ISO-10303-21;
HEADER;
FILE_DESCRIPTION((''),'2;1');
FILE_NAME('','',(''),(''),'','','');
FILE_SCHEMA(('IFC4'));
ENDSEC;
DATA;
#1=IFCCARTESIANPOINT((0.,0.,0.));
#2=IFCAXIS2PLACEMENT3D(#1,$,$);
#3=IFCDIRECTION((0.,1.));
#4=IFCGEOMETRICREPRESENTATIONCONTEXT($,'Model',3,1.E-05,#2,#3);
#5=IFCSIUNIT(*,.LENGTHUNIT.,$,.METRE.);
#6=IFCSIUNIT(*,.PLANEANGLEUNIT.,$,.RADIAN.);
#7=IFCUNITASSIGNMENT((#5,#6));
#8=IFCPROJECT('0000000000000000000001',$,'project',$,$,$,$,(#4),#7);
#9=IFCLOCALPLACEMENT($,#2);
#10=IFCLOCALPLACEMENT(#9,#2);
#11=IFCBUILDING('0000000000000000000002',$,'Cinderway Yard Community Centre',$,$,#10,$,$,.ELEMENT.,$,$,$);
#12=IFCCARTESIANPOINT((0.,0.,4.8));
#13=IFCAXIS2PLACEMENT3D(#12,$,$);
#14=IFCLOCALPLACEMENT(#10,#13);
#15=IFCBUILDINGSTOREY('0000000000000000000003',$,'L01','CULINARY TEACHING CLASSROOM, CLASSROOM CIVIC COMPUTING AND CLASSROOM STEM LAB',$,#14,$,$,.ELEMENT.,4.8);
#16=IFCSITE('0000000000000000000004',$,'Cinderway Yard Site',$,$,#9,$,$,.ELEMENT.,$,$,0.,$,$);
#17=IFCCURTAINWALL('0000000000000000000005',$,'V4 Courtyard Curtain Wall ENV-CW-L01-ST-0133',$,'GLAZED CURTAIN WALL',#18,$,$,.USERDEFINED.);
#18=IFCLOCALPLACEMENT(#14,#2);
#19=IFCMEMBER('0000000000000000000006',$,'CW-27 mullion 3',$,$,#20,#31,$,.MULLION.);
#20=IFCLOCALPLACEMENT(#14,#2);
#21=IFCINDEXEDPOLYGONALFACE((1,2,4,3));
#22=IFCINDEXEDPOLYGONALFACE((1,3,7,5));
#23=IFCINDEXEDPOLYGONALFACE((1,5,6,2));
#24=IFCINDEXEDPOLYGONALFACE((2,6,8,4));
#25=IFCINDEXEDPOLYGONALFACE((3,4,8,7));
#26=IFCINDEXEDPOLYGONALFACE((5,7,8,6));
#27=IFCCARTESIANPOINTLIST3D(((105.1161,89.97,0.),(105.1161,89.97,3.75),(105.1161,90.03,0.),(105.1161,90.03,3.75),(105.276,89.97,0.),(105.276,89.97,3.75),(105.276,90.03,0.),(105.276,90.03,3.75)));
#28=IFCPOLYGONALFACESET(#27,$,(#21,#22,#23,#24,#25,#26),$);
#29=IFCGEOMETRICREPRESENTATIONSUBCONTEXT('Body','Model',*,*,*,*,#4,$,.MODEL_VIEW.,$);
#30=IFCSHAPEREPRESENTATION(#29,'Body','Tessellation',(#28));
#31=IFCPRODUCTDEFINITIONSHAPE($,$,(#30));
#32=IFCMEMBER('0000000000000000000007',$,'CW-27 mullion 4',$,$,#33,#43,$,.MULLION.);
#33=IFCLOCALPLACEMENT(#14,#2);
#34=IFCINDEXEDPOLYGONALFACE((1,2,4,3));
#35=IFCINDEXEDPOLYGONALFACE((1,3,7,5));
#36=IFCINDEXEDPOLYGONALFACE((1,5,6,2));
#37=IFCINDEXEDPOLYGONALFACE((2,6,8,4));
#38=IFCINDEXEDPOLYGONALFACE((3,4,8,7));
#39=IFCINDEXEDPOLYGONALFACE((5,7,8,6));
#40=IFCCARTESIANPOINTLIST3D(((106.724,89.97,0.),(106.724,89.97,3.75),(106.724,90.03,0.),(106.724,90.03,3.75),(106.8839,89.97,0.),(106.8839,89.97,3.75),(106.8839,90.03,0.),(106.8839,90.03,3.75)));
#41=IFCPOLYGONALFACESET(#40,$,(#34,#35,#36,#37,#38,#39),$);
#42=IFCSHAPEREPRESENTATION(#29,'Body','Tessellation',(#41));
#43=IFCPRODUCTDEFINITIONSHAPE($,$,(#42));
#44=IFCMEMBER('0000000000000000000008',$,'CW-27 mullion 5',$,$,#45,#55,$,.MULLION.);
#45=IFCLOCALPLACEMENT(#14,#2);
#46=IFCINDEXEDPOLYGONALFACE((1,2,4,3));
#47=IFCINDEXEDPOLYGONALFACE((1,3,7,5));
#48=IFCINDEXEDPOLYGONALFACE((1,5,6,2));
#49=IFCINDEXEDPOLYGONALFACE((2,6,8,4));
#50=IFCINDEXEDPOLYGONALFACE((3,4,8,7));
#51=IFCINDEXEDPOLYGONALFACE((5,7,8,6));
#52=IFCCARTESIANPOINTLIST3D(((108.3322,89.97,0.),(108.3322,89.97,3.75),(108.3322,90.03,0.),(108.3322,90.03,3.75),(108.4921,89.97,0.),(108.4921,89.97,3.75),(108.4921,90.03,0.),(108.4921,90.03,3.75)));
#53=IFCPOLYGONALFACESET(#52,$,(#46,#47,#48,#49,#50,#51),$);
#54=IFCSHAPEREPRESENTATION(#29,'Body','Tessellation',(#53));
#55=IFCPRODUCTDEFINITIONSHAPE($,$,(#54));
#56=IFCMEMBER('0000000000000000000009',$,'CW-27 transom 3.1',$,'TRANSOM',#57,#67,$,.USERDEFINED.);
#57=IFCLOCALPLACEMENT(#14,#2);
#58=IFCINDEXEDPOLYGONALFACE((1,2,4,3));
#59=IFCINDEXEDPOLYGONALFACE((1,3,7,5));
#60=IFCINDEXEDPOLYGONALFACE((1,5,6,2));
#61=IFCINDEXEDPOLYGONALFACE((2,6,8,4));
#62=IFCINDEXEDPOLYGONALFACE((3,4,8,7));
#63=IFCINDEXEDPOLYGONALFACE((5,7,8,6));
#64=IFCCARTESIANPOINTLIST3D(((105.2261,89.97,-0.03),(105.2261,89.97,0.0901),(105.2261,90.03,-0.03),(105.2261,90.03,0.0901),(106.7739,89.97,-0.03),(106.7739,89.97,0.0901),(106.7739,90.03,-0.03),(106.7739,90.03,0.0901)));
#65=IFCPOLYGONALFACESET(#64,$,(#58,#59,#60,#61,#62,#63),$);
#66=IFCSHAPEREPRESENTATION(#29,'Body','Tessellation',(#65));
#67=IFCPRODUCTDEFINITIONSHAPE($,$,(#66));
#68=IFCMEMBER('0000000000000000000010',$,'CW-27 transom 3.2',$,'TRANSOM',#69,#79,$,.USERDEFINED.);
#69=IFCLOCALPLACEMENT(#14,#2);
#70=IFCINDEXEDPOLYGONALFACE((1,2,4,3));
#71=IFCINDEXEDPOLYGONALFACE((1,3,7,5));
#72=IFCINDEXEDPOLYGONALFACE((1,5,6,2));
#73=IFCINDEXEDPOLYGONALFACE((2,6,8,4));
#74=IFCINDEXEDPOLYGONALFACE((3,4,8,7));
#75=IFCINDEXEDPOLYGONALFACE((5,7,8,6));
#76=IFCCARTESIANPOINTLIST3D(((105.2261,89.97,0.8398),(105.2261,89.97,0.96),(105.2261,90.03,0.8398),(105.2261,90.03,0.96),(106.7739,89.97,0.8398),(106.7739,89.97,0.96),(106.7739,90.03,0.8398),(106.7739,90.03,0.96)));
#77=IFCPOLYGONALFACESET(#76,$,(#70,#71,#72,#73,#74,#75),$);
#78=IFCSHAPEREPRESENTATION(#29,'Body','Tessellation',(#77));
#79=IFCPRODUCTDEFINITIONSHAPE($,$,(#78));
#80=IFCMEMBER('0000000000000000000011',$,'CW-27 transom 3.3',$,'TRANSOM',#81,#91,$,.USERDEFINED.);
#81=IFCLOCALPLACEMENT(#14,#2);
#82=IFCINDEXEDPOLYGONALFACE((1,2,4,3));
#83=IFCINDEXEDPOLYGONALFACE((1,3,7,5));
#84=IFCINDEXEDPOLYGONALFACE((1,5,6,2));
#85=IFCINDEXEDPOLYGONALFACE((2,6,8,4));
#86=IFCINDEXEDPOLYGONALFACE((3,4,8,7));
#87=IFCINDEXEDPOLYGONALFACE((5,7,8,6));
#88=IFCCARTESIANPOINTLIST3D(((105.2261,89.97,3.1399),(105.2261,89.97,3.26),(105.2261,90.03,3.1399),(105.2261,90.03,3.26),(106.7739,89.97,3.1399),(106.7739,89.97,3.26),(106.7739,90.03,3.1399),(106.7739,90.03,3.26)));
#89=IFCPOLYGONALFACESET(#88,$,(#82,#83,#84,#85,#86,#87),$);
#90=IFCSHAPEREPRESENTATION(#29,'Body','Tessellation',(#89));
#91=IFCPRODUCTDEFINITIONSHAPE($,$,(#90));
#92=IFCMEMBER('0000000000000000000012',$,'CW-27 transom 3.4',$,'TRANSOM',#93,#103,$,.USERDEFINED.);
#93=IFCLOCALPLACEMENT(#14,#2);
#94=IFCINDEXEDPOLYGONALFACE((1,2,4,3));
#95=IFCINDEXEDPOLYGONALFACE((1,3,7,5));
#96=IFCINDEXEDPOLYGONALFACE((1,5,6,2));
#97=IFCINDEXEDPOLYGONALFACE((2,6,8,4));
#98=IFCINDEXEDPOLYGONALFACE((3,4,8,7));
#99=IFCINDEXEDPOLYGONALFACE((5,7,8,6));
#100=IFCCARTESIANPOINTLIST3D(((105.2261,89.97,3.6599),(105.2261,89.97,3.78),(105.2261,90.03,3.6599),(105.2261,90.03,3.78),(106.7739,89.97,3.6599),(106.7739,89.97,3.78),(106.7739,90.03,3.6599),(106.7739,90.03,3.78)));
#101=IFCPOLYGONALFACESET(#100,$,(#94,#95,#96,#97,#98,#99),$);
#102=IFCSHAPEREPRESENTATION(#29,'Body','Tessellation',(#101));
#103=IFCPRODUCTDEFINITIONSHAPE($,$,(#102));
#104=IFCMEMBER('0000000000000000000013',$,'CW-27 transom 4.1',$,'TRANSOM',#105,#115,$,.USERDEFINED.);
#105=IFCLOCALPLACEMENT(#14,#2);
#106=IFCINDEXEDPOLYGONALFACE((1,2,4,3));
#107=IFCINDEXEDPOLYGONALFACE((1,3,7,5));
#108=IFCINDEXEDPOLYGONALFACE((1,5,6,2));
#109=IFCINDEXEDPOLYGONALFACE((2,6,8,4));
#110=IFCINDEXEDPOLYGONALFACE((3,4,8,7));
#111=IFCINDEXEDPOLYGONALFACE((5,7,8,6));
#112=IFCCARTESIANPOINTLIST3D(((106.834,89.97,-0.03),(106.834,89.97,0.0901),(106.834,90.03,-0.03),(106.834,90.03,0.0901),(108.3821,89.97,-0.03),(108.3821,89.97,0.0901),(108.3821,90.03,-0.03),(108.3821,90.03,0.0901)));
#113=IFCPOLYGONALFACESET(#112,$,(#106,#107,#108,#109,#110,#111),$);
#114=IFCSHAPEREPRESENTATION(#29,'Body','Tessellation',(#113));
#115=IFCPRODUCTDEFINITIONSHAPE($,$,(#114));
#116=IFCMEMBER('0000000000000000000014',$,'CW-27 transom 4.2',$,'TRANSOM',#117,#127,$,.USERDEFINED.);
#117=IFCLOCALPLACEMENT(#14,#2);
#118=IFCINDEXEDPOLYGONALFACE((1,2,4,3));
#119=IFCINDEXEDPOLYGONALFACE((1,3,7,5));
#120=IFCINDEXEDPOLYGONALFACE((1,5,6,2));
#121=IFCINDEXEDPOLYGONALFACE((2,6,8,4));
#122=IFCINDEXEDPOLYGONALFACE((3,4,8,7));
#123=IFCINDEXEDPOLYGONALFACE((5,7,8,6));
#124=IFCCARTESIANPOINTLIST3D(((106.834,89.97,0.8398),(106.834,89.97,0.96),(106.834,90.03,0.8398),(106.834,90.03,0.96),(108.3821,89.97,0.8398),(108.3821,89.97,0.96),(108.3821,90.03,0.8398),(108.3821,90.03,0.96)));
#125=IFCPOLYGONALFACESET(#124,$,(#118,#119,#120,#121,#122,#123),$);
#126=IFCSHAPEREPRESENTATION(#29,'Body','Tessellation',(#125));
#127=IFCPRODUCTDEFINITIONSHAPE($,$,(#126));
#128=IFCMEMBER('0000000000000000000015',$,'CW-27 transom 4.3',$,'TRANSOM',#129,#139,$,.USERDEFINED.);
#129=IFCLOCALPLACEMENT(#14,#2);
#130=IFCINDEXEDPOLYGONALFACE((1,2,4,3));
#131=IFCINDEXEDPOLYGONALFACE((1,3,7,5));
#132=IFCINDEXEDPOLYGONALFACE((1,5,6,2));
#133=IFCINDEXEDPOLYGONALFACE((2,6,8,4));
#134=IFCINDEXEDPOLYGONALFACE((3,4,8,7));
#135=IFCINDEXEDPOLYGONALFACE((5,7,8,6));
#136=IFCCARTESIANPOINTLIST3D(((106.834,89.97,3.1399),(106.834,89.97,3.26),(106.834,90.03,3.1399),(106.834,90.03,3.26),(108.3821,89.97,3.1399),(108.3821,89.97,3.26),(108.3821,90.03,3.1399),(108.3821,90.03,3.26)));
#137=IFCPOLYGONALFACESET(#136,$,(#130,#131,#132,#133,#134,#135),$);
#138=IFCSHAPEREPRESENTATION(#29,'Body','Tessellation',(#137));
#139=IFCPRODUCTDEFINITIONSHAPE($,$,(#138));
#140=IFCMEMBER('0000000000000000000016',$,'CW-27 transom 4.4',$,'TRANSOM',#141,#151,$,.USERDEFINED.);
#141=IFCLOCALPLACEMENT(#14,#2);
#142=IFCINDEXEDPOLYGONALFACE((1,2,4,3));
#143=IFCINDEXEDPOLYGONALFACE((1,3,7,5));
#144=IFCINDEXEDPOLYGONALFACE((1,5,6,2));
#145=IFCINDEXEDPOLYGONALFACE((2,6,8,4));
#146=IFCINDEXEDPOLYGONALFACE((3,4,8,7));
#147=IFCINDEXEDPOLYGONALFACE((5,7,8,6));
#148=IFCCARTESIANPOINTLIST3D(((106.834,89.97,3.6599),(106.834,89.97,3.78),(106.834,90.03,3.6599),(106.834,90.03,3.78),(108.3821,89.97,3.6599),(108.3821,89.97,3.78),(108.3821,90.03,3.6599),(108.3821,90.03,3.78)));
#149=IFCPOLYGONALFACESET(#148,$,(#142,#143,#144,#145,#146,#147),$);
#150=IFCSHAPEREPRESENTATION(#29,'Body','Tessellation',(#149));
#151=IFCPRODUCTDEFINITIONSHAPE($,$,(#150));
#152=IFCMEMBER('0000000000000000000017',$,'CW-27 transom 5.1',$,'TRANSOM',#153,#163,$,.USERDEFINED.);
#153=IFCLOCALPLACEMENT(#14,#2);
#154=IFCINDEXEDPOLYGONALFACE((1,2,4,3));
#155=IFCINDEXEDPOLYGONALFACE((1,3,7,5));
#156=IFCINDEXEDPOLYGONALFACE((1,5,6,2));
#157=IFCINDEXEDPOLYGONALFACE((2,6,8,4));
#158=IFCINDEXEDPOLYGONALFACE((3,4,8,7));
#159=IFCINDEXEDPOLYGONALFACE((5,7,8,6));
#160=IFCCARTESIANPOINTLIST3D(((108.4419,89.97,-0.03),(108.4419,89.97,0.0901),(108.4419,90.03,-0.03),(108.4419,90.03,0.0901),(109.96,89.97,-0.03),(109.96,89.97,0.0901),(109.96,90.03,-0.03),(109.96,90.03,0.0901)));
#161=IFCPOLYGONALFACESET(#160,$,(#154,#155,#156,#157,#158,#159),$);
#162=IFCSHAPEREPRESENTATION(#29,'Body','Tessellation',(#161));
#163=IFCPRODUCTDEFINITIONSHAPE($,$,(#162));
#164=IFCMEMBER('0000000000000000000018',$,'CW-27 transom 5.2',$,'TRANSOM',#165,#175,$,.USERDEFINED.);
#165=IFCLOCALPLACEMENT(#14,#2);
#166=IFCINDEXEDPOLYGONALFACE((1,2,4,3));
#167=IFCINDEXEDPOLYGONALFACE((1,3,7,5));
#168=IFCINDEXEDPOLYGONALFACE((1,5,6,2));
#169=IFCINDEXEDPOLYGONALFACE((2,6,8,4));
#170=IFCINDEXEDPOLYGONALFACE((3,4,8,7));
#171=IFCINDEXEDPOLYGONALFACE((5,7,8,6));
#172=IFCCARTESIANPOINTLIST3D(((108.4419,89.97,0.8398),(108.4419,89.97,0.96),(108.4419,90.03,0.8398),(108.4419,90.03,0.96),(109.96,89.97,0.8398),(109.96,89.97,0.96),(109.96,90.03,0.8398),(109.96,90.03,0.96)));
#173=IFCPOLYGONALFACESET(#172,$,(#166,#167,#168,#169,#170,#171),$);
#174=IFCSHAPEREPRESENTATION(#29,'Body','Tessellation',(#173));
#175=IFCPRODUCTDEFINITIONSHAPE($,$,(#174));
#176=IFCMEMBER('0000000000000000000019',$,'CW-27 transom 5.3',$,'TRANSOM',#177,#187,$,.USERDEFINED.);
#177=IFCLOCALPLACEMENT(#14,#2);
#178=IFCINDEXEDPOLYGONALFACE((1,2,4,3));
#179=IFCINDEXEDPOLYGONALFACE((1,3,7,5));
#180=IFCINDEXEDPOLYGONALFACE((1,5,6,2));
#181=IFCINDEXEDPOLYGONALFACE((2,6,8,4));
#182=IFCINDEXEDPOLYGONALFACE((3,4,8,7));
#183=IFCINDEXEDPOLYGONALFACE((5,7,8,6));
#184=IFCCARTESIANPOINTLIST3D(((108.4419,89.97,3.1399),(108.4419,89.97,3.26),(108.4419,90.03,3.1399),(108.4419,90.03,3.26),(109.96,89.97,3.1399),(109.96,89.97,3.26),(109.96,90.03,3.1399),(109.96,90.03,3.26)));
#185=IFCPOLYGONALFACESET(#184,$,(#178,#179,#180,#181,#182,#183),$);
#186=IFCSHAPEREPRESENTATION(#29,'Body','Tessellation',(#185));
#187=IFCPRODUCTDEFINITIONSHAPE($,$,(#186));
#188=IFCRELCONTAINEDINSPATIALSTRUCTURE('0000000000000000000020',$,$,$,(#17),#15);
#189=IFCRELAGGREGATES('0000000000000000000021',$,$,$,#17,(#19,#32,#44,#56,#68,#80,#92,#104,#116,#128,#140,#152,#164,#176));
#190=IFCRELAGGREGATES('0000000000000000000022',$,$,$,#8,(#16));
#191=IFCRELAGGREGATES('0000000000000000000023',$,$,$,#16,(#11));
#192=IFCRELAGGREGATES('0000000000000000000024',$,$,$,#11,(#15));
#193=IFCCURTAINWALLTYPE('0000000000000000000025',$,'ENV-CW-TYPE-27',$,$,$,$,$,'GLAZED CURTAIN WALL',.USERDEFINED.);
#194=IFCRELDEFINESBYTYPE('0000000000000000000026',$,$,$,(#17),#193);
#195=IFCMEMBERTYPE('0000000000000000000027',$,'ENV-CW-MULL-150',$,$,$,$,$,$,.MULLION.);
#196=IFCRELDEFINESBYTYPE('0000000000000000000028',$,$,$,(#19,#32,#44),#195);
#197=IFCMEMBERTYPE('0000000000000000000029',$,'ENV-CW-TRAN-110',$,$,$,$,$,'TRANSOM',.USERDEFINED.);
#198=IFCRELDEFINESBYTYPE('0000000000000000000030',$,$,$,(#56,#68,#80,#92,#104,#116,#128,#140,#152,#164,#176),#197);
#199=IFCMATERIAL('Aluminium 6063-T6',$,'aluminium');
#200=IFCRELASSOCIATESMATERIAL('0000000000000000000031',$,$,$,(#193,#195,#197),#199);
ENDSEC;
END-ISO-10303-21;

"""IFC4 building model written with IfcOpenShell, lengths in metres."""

from ifc_helpers import new_model, si_unit, direction, frame, origin, origin_2d, place, context, subcontext, project, spatial, rectangle, extrude, material, material_profile, profile_set, type_object, element, aggregate, save


model = new_model("IFC4")

# Units and contexts
model_context = context("Model", 3, precision=1e-05, world=origin(), true_north=direction((0.0, 1.0)))
body_context = subcontext(model_context, "Body", "Model", "MODEL_VIEW")
ifc_project = project(units=[si_unit("LENGTHUNIT", "METRE"), si_unit("PLANEANGLEUNIT", "RADIAN")], contexts=[model_context])

# Site, building, storey
site_placement = place(None, origin())
site = spatial("IfcSite", under=ifc_project, at=site_placement, Name="Cinderway Yard Site", CompositionType="ELEMENT", RefElevation=0.0)
building_placement = place(site_placement, origin())
building = spatial("IfcBuilding", under=site, at=building_placement, Name="Cinderway Yard Community Centre", CompositionType="ELEMENT")
storey_placement = place(building_placement, frame((0.0, 0.0, 4.8)))
storey = spatial("IfcBuildingStorey", under=building, at=storey_placement, Name="L01", Description="CULINARY TEACHING CLASSROOM, CLASSROOM CIVIC COMPUTING AND CLASSROOM STEM LAB", CompositionType="ELEMENT", Elevation=4.8)

# Curtain wall, members
ifc_material_1 = material(Name="Aluminium 6063-T6", Category="aluminium")
curtain_wall_type = type_object("IfcCurtainWallType", Name="ENV-CW-TYPE-27", ElementType="GLAZED CURTAIN WALL", PredefinedType="USERDEFINED", material=ifc_material_1)
curtain_wall_placement = place(storey_placement, origin())
curtain_wall = element("IfcCurtainWall", 1, at=curtain_wall_placement, inside=storey, type_object=curtain_wall_type, Name="V4 Courtyard Curtain Wall ENV-CW-L01-ST-0133", ObjectType="GLAZED CURTAIN WALL", PredefinedType="USERDEFINED")
ifc_material_profile_1 = material_profile(ifc_material_1, rectangle(XDim=0.0601, YDim=0.1599, at=origin_2d()), Name="Aluminium 6063-T6")
ifc_profile_set_1 = profile_set([ifc_material_profile_1], Name="Aluminium 6063-T6")
member_type_1 = type_object("IfcMemberType", Name="ENV-CW-MULL-150", PredefinedType="MULLION", material=ifc_profile_set_1)
member_1_placement = place(storey_placement, frame((105.196, 90.0, 0.0), z_axis=(0.0, 0.0, 1.0), x_axis=(0.0, 1.0, 0.0)))
member_1 = element("IfcMember", 2, at=member_1_placement, type_object=member_type_1, Name="CW-27 mullion 3", PredefinedType="MULLION", context=body_context, shape_type="SweptSolid", body=[
    extrude(rectangle(XDim=0.0601, YDim=0.1599, at=origin_2d()), origin(), (0.0, 0.0, 1.0), 3.75),
])
member_2_placement = place(storey_placement, frame((106.804, 90.0, 0.0), z_axis=(0.0, 0.0, 1.0), x_axis=(0.0, 1.0, 0.0)))
member_2 = element("IfcMember", 3, at=member_2_placement, type_object=member_type_1, Name="CW-27 mullion 4", PredefinedType="MULLION", context=body_context, shape_type="SweptSolid", body=[
    extrude(rectangle(XDim=0.0601, YDim=0.1599, at=origin_2d()), origin(), (0.0, 0.0, 1.0), 3.75),
])
member_3_placement = place(storey_placement, frame((108.4121, 90.0, 0.0), z_axis=(0.0, 0.0, 1.0), x_axis=(0.0, 1.0, 0.0)))
member_3 = element("IfcMember", 4, at=member_3_placement, type_object=member_type_1, Name="CW-27 mullion 5", PredefinedType="MULLION", context=body_context, shape_type="SweptSolid", body=[
    extrude(rectangle(XDim=0.0601, YDim=0.1599, at=origin_2d()), origin(), (0.0, 0.0, 1.0), 3.75),
])
ifc_material_profile_2 = material_profile(ifc_material_1, rectangle(XDim=0.0601, YDim=0.1201, at=origin_2d()), Name="Aluminium 6063-T6")
ifc_profile_set_2 = profile_set([ifc_material_profile_2], Name="Aluminium 6063-T6")
member_type_2 = type_object("IfcMemberType", Name="ENV-CW-TRAN-110", ElementType="TRANSOM", PredefinedType="USERDEFINED", material=ifc_profile_set_2)
member_4_placement = place(storey_placement, frame((105.2261, 90.0, 0.03), z_axis=(1.0, 0.0, 0.0), x_axis=(0.0, 1.0, 0.0)))
member_4 = element("IfcMember", 5, at=member_4_placement, type_object=member_type_2, Name="CW-27 transom 3.1", ObjectType="TRANSOM", PredefinedType="USERDEFINED", context=body_context, shape_type="SweptSolid", body=[
    extrude(rectangle(XDim=0.0601, YDim=0.1201, at=origin_2d()), origin(), (0.0, 0.0, 1.0), 1.5479),
])
member_5_placement = place(storey_placement, frame((105.2261, 90.0, 0.8999), z_axis=(1.0, 0.0, 0.0), x_axis=(0.0, 1.0, 0.0)))
member_5 = element("IfcMember", 6, at=member_5_placement, type_object=member_type_2, Name="CW-27 transom 3.2", ObjectType="TRANSOM", PredefinedType="USERDEFINED", context=body_context, shape_type="SweptSolid", body=[
    extrude(rectangle(XDim=0.0601, YDim=0.1201, at=origin_2d()), origin(), (0.0, 0.0, 1.0), 1.5479),
])
member_6_placement = place(storey_placement, frame((105.2261, 90.0, 3.2), z_axis=(1.0, 0.0, 0.0), x_axis=(0.0, 1.0, 0.0)))
member_6 = element("IfcMember", 7, at=member_6_placement, type_object=member_type_2, Name="CW-27 transom 3.3", ObjectType="TRANSOM", PredefinedType="USERDEFINED", context=body_context, shape_type="SweptSolid", body=[
    extrude(rectangle(XDim=0.0601, YDim=0.1201, at=origin_2d()), origin(), (0.0, 0.0, 1.0), 1.5479),
])
member_7_placement = place(storey_placement, frame((105.2261, 90.0, 3.72), z_axis=(1.0, 0.0, 0.0), x_axis=(0.0, 1.0, 0.0)))
member_7 = element("IfcMember", 8, at=member_7_placement, type_object=member_type_2, Name="CW-27 transom 3.4", ObjectType="TRANSOM", PredefinedType="USERDEFINED", context=body_context, shape_type="SweptSolid", body=[
    extrude(rectangle(XDim=0.0601, YDim=0.1201, at=origin_2d()), origin(), (0.0, 0.0, 1.0), 1.5479),
])
member_8_placement = place(storey_placement, frame((106.834, 90.0, 0.03), z_axis=(1.0, 0.0, 0.0), x_axis=(0.0, 1.0, 0.0)))
member_8 = element("IfcMember", 9, at=member_8_placement, type_object=member_type_2, Name="CW-27 transom 4.1", ObjectType="TRANSOM", PredefinedType="USERDEFINED", context=body_context, shape_type="SweptSolid", body=[
    extrude(rectangle(XDim=0.0601, YDim=0.1201, at=origin_2d()), origin(), (0.0, 0.0, 1.0), 1.5481),
])
member_9_placement = place(storey_placement, frame((106.834, 90.0, 0.8999), z_axis=(1.0, 0.0, 0.0), x_axis=(0.0, 1.0, 0.0)))
member_9 = element("IfcMember", 10, at=member_9_placement, type_object=member_type_2, Name="CW-27 transom 4.2", ObjectType="TRANSOM", PredefinedType="USERDEFINED", context=body_context, shape_type="SweptSolid", body=[
    extrude(rectangle(XDim=0.0601, YDim=0.1201, at=origin_2d()), origin(), (0.0, 0.0, 1.0), 1.5481),
])
member_10_placement = place(storey_placement, frame((106.834, 90.0, 3.2), z_axis=(1.0, 0.0, 0.0), x_axis=(0.0, 1.0, 0.0)))
member_10 = element("IfcMember", 11, at=member_10_placement, type_object=member_type_2, Name="CW-27 transom 4.3", ObjectType="TRANSOM", PredefinedType="USERDEFINED", context=body_context, shape_type="SweptSolid", body=[
    extrude(rectangle(XDim=0.0601, YDim=0.1201, at=origin_2d()), origin(), (0.0, 0.0, 1.0), 1.5481),
])
member_11_placement = place(storey_placement, frame((106.834, 90.0, 3.72), z_axis=(1.0, 0.0, 0.0), x_axis=(0.0, 1.0, 0.0)))
member_11 = element("IfcMember", 12, at=member_11_placement, type_object=member_type_2, Name="CW-27 transom 4.4", ObjectType="TRANSOM", PredefinedType="USERDEFINED", context=body_context, shape_type="SweptSolid", body=[
    extrude(rectangle(XDim=0.0601, YDim=0.1201, at=origin_2d()), origin(), (0.0, 0.0, 1.0), 1.5481),
])
member_12_placement = place(storey_placement, frame((108.4419, 90.0, 0.03), z_axis=(1.0, 0.0, 0.0), x_axis=(0.0, 1.0, 0.0)))
member_12 = element("IfcMember", 13, at=member_12_placement, type_object=member_type_2, Name="CW-27 transom 5.1", ObjectType="TRANSOM", PredefinedType="USERDEFINED", context=body_context, shape_type="SweptSolid", body=[
    extrude(rectangle(XDim=0.0601, YDim=0.1201, at=origin_2d()), origin(), (0.0, 0.0, 1.0), 1.5181),
])
member_13_placement = place(storey_placement, frame((108.4419, 90.0, 0.8999), z_axis=(1.0, 0.0, 0.0), x_axis=(0.0, 1.0, 0.0)))
member_13 = element("IfcMember", 14, at=member_13_placement, type_object=member_type_2, Name="CW-27 transom 5.2", ObjectType="TRANSOM", PredefinedType="USERDEFINED", context=body_context, shape_type="SweptSolid", body=[
    extrude(rectangle(XDim=0.0601, YDim=0.1201, at=origin_2d()), origin(), (0.0, 0.0, 1.0), 1.5181),
])
member_14_placement = place(storey_placement, frame((108.4419, 90.0, 3.2), z_axis=(1.0, 0.0, 0.0), x_axis=(0.0, 1.0, 0.0)))
member_14 = element("IfcMember", 15, at=member_14_placement, type_object=member_type_2, Name="CW-27 transom 5.3", ObjectType="TRANSOM", PredefinedType="USERDEFINED", context=body_context, shape_type="SweptSolid", body=[
    extrude(rectangle(XDim=0.0601, YDim=0.1201, at=origin_2d()), origin(), (0.0, 0.0, 1.0), 1.5181),
])

aggregate(curtain_wall, [member_1, member_2, member_3, member_4, member_5, member_6, member_7, member_8, member_9, member_10, member_11, member_12, member_13, member_14])

save(model, "model.ifc")
